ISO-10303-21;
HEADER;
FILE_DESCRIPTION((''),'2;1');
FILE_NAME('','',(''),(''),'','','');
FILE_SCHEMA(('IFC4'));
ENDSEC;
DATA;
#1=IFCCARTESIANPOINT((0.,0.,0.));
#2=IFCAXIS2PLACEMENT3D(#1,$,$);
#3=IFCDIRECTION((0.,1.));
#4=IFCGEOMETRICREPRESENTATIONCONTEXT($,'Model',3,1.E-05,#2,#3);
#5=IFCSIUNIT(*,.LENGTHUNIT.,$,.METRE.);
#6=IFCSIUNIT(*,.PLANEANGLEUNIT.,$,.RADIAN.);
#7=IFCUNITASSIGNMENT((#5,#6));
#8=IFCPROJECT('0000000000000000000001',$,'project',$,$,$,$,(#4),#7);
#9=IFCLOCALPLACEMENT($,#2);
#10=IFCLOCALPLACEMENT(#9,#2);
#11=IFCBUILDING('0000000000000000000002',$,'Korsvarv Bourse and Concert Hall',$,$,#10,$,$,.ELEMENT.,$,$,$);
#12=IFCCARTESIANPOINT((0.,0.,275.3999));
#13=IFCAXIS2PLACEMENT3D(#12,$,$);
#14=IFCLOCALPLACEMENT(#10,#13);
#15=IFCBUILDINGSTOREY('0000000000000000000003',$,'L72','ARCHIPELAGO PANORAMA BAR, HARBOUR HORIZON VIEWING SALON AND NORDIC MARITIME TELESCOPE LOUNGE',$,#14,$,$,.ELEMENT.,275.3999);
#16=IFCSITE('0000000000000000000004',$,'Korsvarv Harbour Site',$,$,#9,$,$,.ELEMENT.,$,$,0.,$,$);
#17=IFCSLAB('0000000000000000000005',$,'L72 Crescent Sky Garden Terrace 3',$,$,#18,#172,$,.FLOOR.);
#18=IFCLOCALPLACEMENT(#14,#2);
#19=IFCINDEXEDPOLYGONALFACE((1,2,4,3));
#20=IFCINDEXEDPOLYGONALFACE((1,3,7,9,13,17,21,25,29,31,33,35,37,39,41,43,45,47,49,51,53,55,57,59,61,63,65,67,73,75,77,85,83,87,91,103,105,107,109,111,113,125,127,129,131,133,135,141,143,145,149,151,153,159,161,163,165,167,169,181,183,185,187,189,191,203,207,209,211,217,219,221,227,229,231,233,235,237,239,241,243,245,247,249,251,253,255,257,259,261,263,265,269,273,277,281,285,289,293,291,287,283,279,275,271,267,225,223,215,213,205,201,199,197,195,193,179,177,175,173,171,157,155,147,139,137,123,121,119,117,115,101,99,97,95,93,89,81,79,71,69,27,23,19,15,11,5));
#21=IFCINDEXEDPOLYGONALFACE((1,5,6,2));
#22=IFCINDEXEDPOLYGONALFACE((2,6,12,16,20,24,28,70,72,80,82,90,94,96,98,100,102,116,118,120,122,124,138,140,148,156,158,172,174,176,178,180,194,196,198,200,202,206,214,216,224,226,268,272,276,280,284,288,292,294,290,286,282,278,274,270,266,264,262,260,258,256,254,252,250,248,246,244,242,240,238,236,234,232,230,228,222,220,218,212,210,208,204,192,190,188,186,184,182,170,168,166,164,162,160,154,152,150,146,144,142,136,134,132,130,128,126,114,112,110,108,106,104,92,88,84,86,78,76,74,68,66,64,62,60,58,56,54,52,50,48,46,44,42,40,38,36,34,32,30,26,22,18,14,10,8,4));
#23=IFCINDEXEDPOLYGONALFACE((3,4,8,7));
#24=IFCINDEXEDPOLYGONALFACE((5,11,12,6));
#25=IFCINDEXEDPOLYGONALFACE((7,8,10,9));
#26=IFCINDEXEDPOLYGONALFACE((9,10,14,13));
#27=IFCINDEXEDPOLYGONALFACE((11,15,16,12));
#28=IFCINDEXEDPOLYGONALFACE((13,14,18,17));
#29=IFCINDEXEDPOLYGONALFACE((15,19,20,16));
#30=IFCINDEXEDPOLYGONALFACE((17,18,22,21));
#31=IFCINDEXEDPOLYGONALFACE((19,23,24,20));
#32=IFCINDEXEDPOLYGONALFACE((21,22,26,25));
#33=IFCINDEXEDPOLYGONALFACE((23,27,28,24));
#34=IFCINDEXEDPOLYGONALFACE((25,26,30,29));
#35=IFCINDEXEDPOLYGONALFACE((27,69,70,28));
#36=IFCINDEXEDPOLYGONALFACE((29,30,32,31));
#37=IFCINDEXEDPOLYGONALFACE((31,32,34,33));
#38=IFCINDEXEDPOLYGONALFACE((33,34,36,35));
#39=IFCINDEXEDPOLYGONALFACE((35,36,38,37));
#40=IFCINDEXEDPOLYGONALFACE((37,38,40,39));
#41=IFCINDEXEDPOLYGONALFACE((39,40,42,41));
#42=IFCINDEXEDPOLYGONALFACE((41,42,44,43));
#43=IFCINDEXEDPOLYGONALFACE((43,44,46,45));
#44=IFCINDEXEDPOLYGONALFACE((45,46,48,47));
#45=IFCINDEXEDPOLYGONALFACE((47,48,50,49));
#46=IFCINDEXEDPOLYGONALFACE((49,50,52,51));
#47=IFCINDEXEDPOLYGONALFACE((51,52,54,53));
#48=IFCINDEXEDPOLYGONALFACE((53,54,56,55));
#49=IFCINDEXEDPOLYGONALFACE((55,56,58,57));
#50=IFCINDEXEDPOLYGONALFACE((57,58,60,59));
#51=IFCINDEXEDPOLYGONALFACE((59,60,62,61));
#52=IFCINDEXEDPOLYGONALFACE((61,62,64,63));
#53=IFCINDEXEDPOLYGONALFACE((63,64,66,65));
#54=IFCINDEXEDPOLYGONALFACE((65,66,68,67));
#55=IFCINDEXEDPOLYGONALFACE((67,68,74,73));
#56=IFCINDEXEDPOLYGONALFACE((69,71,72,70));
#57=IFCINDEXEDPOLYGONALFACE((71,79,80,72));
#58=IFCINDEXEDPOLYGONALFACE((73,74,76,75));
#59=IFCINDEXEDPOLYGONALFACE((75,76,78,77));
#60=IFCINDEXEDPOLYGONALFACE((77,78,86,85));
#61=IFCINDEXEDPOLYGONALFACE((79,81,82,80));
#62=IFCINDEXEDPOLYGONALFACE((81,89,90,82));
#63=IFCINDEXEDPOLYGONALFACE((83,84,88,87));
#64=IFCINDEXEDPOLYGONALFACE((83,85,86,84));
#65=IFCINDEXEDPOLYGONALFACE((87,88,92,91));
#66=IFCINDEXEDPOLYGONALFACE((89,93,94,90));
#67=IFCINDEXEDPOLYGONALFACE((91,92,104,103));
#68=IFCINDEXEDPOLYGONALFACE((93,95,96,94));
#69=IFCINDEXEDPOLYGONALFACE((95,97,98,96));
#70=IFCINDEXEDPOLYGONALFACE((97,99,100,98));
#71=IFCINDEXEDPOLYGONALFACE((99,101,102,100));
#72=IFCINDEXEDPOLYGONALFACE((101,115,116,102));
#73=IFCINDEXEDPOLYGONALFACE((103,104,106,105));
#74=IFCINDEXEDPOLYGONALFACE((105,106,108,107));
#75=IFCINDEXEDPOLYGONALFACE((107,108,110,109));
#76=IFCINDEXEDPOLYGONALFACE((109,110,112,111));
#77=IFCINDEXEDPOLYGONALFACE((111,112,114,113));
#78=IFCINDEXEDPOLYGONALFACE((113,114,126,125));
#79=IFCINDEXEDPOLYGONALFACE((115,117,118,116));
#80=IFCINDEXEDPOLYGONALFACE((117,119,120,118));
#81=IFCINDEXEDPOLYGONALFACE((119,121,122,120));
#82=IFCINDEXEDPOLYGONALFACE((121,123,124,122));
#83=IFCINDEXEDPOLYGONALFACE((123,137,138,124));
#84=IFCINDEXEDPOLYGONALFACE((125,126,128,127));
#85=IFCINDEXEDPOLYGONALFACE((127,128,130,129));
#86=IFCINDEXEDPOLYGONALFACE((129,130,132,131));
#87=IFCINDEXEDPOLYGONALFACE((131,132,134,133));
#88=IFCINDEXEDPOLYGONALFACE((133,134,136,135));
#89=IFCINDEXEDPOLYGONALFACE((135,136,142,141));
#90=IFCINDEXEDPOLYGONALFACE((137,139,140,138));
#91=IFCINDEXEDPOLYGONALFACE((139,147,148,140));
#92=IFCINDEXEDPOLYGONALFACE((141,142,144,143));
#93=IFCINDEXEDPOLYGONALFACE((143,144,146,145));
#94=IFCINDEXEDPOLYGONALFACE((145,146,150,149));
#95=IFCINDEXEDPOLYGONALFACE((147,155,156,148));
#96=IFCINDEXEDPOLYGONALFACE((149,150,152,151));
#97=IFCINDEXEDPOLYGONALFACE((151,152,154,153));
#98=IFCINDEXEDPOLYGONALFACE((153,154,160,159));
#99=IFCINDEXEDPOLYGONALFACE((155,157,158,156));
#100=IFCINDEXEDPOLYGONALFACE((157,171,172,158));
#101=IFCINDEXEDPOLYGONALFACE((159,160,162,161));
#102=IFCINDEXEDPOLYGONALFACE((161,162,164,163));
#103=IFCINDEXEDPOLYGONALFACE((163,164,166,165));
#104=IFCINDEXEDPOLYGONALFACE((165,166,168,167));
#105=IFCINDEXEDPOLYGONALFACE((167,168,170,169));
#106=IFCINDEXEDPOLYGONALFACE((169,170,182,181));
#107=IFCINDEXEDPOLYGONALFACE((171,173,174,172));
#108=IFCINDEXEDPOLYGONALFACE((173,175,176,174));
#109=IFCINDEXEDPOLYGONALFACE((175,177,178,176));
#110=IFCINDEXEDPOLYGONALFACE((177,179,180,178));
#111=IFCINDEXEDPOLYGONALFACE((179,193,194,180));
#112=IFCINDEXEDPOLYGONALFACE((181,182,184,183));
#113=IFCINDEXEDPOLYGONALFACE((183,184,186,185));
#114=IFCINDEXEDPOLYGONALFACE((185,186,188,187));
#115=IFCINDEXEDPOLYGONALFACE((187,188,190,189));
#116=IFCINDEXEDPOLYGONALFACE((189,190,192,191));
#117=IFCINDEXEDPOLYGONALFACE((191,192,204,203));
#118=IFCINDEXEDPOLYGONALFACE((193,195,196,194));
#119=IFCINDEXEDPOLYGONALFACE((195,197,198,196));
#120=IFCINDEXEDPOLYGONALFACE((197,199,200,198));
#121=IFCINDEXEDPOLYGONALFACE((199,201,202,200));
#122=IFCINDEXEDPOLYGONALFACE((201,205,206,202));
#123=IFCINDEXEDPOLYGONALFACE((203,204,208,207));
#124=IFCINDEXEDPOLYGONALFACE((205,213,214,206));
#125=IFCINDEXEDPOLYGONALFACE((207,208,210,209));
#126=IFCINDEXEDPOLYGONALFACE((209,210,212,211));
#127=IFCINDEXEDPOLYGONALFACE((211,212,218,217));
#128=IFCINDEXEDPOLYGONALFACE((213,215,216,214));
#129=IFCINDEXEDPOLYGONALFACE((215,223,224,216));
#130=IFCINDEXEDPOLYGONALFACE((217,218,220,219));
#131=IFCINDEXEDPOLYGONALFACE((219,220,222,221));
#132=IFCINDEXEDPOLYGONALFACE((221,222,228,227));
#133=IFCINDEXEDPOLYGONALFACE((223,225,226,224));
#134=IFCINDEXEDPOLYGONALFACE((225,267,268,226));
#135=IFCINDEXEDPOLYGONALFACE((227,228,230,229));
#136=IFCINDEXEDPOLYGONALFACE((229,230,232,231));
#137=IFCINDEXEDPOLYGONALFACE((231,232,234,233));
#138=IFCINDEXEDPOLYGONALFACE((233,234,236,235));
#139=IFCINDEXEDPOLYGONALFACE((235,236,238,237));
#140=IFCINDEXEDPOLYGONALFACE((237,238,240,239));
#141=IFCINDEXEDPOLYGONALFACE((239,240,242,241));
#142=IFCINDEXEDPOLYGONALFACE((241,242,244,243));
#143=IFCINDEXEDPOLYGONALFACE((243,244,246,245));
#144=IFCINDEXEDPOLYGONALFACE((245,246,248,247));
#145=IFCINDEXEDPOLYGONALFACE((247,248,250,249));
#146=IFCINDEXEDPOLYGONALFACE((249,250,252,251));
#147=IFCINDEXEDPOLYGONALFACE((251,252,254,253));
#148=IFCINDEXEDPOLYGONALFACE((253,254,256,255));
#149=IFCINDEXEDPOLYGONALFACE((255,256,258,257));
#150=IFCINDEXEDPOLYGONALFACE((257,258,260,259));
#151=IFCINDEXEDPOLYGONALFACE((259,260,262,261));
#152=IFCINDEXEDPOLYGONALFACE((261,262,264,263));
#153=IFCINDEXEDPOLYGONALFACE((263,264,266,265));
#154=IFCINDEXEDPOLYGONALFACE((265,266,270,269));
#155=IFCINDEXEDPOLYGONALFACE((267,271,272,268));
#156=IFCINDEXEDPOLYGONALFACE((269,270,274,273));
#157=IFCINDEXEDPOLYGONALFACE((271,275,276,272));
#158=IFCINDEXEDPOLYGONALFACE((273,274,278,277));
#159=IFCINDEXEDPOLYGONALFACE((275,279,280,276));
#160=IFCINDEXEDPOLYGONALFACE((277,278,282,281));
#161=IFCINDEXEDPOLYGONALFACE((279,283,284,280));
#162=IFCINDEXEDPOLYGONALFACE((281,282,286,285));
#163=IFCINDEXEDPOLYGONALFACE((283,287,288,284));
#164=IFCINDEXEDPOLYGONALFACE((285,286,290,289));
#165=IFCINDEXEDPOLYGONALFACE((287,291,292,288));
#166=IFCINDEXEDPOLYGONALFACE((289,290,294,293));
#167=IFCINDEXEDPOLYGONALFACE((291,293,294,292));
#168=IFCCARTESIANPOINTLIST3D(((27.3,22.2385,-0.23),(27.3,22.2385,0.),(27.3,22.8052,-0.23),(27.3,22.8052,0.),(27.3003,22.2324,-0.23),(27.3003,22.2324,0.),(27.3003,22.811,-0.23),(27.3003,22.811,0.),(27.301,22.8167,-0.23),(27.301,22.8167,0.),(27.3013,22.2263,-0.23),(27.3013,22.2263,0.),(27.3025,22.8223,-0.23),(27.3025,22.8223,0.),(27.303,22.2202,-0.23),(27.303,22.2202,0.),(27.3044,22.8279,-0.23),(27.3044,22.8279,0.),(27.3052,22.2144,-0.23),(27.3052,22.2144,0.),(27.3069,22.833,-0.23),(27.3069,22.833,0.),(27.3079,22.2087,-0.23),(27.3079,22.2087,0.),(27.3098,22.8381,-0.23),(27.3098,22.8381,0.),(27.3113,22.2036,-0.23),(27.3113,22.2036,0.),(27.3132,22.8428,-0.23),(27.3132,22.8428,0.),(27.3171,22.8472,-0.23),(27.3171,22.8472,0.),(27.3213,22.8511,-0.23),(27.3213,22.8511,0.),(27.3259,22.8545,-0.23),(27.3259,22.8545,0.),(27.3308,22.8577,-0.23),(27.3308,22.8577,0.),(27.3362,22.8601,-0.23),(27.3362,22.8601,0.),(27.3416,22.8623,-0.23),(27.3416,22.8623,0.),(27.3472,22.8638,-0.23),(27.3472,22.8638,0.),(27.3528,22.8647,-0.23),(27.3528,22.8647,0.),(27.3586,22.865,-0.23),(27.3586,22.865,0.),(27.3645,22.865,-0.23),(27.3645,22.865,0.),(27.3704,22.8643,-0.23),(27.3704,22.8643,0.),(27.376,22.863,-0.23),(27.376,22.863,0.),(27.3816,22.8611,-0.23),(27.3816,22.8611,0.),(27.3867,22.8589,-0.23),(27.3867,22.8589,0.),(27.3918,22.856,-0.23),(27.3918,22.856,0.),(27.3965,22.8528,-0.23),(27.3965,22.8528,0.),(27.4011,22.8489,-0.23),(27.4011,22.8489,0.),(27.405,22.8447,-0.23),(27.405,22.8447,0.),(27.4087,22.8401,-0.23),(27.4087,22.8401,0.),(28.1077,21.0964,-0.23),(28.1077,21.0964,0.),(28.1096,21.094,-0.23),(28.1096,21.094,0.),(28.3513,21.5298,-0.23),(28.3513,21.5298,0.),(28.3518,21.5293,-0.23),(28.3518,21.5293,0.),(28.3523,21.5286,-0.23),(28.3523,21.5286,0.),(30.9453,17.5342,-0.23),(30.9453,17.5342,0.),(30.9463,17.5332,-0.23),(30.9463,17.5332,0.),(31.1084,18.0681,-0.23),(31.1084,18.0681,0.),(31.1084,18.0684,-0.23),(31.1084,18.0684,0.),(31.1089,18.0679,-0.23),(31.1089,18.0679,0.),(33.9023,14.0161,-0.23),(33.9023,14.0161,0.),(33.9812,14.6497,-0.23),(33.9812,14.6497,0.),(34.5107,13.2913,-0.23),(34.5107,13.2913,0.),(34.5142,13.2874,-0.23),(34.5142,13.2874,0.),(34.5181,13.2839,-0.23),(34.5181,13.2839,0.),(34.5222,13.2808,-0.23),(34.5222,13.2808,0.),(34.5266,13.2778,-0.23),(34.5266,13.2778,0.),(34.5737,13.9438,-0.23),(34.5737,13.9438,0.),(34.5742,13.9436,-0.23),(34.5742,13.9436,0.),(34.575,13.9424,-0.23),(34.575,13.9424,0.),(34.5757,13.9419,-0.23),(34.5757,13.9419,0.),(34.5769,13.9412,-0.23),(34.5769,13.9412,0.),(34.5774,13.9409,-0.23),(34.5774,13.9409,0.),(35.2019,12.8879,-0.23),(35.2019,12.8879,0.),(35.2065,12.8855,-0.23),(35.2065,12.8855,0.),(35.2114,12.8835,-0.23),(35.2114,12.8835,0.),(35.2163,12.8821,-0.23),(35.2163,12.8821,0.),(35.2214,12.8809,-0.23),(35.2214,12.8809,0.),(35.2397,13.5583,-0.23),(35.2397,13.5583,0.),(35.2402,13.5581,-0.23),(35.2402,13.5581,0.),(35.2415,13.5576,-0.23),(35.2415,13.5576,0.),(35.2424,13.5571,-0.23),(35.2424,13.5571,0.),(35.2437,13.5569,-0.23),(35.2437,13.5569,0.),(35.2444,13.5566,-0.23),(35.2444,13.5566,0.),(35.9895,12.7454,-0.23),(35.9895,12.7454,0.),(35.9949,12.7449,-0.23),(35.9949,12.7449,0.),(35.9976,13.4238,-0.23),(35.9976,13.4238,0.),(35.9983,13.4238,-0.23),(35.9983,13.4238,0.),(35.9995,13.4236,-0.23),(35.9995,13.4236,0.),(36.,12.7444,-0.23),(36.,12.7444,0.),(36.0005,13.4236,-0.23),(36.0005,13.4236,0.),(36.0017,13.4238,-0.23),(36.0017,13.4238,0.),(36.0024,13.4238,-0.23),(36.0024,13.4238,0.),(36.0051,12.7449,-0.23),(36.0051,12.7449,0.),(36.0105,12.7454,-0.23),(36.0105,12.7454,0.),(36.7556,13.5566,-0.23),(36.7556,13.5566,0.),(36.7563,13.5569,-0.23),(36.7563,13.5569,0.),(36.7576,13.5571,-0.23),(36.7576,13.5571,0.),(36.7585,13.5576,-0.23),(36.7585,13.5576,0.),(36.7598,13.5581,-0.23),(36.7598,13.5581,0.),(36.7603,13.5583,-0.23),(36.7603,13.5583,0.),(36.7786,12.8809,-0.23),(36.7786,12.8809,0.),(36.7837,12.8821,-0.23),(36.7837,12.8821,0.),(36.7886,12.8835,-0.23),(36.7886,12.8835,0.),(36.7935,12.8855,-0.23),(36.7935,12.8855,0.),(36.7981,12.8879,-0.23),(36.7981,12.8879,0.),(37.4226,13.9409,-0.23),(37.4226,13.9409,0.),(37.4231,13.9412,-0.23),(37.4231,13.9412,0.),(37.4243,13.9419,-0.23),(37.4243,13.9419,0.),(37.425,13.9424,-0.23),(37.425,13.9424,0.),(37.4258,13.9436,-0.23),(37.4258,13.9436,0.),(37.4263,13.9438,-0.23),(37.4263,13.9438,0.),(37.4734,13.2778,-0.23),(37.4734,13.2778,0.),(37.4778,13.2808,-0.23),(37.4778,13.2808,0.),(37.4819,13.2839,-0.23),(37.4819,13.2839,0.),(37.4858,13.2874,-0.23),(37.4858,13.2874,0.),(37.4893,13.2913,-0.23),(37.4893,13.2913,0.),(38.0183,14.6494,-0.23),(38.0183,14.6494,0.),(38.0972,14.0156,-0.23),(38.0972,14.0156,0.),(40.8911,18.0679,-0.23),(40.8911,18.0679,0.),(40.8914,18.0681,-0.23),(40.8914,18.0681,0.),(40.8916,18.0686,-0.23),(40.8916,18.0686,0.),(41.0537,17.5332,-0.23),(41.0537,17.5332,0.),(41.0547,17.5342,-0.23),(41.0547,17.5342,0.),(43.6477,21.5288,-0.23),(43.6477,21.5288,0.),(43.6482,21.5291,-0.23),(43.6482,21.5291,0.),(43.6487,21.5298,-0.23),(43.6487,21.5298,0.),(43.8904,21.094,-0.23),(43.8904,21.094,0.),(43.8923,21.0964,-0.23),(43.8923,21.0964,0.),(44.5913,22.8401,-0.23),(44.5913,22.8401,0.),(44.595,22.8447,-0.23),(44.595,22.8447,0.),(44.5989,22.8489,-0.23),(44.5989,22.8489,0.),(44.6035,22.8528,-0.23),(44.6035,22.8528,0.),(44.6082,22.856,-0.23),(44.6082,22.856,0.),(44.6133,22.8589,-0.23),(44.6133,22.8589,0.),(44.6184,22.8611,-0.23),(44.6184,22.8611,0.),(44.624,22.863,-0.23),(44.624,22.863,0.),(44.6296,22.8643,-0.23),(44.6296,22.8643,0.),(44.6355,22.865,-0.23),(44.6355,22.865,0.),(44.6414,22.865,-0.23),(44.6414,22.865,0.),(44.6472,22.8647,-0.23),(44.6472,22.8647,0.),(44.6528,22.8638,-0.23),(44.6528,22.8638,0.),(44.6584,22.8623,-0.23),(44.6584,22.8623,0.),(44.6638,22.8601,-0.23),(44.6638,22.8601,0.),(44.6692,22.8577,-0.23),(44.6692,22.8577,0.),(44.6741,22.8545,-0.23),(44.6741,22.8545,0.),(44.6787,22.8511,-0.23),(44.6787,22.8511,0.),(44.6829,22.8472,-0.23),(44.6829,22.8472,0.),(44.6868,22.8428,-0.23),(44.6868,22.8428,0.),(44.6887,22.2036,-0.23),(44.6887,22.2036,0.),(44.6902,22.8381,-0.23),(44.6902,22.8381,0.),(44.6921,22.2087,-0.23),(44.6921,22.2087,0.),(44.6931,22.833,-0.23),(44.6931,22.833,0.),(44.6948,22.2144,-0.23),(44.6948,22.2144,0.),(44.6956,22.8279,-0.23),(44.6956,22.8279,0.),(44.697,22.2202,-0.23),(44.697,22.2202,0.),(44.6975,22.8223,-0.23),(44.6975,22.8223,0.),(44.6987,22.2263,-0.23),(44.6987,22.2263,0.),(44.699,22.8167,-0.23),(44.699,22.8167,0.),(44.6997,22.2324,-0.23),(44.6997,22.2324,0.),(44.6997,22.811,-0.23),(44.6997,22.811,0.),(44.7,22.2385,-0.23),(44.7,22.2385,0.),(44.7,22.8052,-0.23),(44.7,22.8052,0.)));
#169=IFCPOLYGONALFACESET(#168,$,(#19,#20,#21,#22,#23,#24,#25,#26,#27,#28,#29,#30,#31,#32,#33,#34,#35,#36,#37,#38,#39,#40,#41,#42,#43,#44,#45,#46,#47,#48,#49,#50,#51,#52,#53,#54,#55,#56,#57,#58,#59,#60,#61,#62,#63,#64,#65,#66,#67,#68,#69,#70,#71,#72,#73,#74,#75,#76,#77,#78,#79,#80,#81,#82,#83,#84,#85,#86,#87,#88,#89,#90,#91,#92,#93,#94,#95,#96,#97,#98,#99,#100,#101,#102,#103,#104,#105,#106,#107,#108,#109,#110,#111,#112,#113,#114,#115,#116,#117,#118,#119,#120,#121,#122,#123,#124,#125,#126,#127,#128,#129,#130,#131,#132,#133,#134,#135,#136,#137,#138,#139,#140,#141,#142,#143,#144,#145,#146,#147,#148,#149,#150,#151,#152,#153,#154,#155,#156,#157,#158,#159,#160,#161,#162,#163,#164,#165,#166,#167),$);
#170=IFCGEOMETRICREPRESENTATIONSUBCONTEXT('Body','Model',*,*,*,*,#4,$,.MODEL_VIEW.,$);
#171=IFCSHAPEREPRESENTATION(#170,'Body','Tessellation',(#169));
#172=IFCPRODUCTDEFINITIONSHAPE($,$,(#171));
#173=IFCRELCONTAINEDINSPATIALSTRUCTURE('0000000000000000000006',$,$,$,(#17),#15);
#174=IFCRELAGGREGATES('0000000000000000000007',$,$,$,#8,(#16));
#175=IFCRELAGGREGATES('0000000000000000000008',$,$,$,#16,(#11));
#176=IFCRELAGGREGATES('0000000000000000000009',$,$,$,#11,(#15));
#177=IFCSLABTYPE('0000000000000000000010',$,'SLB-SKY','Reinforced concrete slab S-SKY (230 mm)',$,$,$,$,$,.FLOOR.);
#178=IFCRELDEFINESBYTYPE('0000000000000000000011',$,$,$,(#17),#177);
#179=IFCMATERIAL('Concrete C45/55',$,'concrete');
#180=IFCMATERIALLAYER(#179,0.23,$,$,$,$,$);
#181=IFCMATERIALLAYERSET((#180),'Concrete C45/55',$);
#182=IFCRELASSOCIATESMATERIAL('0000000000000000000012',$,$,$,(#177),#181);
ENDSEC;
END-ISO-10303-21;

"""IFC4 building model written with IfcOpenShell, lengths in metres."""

from ifc_helpers import new_model, si_unit, direction, frame, origin, place, context, subcontext, project, spatial, polyline, outline, extrude, material, layer, layer_set, type_object, element, save


model = new_model("IFC4")

# Units and contexts
model_context = context("Model", 3, precision=1e-05, world=origin(), true_north=direction((0.0, 1.0)))
body_context = subcontext(model_context, "Body", "Model", "MODEL_VIEW")
ifc_project = project(units=[si_unit("LENGTHUNIT", "METRE"), si_unit("PLANEANGLEUNIT", "RADIAN")], contexts=[model_context])

# Site, building, storey
site_placement = place(None, origin())
site = spatial("IfcSite", under=ifc_project, at=site_placement, Name="Korsvarv Harbour Site", CompositionType="ELEMENT", RefElevation=0.0)
building_placement = place(site_placement, origin())
building = spatial("IfcBuilding", under=site, at=building_placement, Name="Korsvarv Bourse and Concert Hall", CompositionType="ELEMENT")
storey_placement = place(building_placement, frame((0.0, 0.0, 275.3999)))
storey = spatial("IfcBuildingStorey", under=building, at=storey_placement, Name="L72", Description="ARCHIPELAGO PANORAMA BAR, HARBOUR HORIZON VIEWING SALON AND NORDIC MARITIME TELESCOPE LOUNGE", CompositionType="ELEMENT", Elevation=275.3999)

# Slab
ifc_material_1 = material(Name="Concrete C45/55", Category="concrete")
ifc_layer_1 = layer(ifc_material_1, 0.23)
ifc_layer_set_1 = layer_set([ifc_layer_1], Name="Concrete C45/55")
slab_type_1 = type_object("IfcSlabType", Name="SLB-SKY", Description="Reinforced concrete slab S-SKY (230 mm)", PredefinedType="FLOOR", material=ifc_layer_set_1)
slab_1_placement = place(storey_placement, frame((0.0, 0.0, -0.23)))
element("IfcSlab", 1, at=slab_1_placement, inside=storey, type_object=slab_type_1, Name="L72 Crescent Sky Garden Terrace 3", PredefinedType="FLOOR", context=body_context, shape_type="SweptSolid", body=[
    extrude(outline(polyline([(34.5757, 13.9419), (34.5769, 13.9412), (34.5774, 13.9409), (35.2397, 13.5583), (35.2402, 13.5581), (35.2415, 13.5576), (35.2424, 13.5571), (35.2437, 13.5569), (35.2444, 13.5566), (35.9976, 13.4238), (35.9983, 13.4238), (35.9995, 13.4236), (36.0005, 13.4236), (36.0017, 13.4238), (36.0024, 13.4238), (36.7556, 13.5566), (36.7563, 13.5569), (36.7576, 13.5571), (36.7585, 13.5576), (36.7598, 13.5581), (36.7603, 13.5583), (37.4226, 13.9409), (37.4231, 13.9412), (37.4243, 13.9419), (37.425, 13.9424), (37.4258, 13.9436), (37.4263, 13.9438), (38.0183, 14.6494), (40.8911, 18.0679), (40.8914, 18.0681), (40.8916, 18.0686), (43.6477, 21.5288), (43.6482, 21.5291), (43.6487, 21.5298), (44.5913, 22.8401), (44.595, 22.8447), (44.5989, 22.8489), (44.6035, 22.8528), (44.6082, 22.856), (44.6133, 22.8589), (44.6184, 22.8611), (44.624, 22.863), (44.6296, 22.8643), (44.6355, 22.865), (44.6414, 22.865), (44.6472, 22.8647), (44.6528, 22.8638), (44.6584, 22.8623), (44.6638, 22.8601), (44.6692, 22.8577), (44.6741, 22.8545), (44.6787, 22.8511), (44.6829, 22.8472), (44.6868, 22.8428), (44.6902, 22.8381), (44.6931, 22.833), (44.6956, 22.8279), (44.6975, 22.8223), (44.699, 22.8167), (44.6997, 22.811), (44.7, 22.8052), (44.7, 22.2385), (44.6997, 22.2324), (44.6987, 22.2263), (44.697, 22.2202), (44.6948, 22.2144), (44.6921, 22.2087), (44.6887, 22.2036), (43.8923, 21.0964), (43.8904, 21.094), (41.0547, 17.5342), (41.0537, 17.5332), (38.0972, 14.0156), (37.4893, 13.2913), (37.4858, 13.2874), (37.4819, 13.2839), (37.4778, 13.2808), (37.4734, 13.2778), (36.7981, 12.8879), (36.7935, 12.8855), (36.7886, 12.8835), (36.7837, 12.8821), (36.7786, 12.8809), (36.0105, 12.7454), (36.0051, 12.7449), (36.0, 12.7444), (35.9949, 12.7449), (35.9895, 12.7454), (35.2214, 12.8809), (35.2163, 12.8821), (35.2114, 12.8835), (35.2065, 12.8855), (35.2019, 12.8879), (34.5266, 13.2778), (34.5222, 13.2808), (34.5181, 13.2839), (34.5142, 13.2874), (34.5107, 13.2913), (33.9023, 14.0161), (30.9463, 17.5332), (30.9453, 17.5342), (28.1096, 21.094), (28.1077, 21.0964), (27.3113, 22.2036), (27.3079, 22.2087), (27.3052, 22.2144), (27.303, 22.2202), (27.3013, 22.2263), (27.3003, 22.2324), (27.3, 22.2385), (27.3, 22.8052), (27.3003, 22.811), (27.301, 22.8167), (27.3025, 22.8223), (27.3044, 22.8279), (27.3069, 22.833), (27.3098, 22.8381), (27.3132, 22.8428), (27.3171, 22.8472), (27.3213, 22.8511), (27.3259, 22.8545), (27.3308, 22.8577), (27.3362, 22.8601), (27.3416, 22.8623), (27.3472, 22.8638), (27.3528, 22.8647), (27.3586, 22.865), (27.3645, 22.865), (27.3704, 22.8643), (27.376, 22.863), (27.3816, 22.8611), (27.3867, 22.8589), (27.3918, 22.856), (27.3965, 22.8528), (27.4011, 22.8489), (27.405, 22.8447), (27.4087, 22.8401), (28.3513, 21.5298), (28.3518, 21.5293), (28.3523, 21.5286), (31.1084, 18.0684), (31.1084, 18.0681), (31.1089, 18.0679), (33.9812, 14.6497), (34.5737, 13.9438), (34.5742, 13.9436), (34.575, 13.9424), (34.5757, 13.9419)])), origin(), (0.0, 0.0, 1.0), 0.23),
])

save(model, "model.ifc")
